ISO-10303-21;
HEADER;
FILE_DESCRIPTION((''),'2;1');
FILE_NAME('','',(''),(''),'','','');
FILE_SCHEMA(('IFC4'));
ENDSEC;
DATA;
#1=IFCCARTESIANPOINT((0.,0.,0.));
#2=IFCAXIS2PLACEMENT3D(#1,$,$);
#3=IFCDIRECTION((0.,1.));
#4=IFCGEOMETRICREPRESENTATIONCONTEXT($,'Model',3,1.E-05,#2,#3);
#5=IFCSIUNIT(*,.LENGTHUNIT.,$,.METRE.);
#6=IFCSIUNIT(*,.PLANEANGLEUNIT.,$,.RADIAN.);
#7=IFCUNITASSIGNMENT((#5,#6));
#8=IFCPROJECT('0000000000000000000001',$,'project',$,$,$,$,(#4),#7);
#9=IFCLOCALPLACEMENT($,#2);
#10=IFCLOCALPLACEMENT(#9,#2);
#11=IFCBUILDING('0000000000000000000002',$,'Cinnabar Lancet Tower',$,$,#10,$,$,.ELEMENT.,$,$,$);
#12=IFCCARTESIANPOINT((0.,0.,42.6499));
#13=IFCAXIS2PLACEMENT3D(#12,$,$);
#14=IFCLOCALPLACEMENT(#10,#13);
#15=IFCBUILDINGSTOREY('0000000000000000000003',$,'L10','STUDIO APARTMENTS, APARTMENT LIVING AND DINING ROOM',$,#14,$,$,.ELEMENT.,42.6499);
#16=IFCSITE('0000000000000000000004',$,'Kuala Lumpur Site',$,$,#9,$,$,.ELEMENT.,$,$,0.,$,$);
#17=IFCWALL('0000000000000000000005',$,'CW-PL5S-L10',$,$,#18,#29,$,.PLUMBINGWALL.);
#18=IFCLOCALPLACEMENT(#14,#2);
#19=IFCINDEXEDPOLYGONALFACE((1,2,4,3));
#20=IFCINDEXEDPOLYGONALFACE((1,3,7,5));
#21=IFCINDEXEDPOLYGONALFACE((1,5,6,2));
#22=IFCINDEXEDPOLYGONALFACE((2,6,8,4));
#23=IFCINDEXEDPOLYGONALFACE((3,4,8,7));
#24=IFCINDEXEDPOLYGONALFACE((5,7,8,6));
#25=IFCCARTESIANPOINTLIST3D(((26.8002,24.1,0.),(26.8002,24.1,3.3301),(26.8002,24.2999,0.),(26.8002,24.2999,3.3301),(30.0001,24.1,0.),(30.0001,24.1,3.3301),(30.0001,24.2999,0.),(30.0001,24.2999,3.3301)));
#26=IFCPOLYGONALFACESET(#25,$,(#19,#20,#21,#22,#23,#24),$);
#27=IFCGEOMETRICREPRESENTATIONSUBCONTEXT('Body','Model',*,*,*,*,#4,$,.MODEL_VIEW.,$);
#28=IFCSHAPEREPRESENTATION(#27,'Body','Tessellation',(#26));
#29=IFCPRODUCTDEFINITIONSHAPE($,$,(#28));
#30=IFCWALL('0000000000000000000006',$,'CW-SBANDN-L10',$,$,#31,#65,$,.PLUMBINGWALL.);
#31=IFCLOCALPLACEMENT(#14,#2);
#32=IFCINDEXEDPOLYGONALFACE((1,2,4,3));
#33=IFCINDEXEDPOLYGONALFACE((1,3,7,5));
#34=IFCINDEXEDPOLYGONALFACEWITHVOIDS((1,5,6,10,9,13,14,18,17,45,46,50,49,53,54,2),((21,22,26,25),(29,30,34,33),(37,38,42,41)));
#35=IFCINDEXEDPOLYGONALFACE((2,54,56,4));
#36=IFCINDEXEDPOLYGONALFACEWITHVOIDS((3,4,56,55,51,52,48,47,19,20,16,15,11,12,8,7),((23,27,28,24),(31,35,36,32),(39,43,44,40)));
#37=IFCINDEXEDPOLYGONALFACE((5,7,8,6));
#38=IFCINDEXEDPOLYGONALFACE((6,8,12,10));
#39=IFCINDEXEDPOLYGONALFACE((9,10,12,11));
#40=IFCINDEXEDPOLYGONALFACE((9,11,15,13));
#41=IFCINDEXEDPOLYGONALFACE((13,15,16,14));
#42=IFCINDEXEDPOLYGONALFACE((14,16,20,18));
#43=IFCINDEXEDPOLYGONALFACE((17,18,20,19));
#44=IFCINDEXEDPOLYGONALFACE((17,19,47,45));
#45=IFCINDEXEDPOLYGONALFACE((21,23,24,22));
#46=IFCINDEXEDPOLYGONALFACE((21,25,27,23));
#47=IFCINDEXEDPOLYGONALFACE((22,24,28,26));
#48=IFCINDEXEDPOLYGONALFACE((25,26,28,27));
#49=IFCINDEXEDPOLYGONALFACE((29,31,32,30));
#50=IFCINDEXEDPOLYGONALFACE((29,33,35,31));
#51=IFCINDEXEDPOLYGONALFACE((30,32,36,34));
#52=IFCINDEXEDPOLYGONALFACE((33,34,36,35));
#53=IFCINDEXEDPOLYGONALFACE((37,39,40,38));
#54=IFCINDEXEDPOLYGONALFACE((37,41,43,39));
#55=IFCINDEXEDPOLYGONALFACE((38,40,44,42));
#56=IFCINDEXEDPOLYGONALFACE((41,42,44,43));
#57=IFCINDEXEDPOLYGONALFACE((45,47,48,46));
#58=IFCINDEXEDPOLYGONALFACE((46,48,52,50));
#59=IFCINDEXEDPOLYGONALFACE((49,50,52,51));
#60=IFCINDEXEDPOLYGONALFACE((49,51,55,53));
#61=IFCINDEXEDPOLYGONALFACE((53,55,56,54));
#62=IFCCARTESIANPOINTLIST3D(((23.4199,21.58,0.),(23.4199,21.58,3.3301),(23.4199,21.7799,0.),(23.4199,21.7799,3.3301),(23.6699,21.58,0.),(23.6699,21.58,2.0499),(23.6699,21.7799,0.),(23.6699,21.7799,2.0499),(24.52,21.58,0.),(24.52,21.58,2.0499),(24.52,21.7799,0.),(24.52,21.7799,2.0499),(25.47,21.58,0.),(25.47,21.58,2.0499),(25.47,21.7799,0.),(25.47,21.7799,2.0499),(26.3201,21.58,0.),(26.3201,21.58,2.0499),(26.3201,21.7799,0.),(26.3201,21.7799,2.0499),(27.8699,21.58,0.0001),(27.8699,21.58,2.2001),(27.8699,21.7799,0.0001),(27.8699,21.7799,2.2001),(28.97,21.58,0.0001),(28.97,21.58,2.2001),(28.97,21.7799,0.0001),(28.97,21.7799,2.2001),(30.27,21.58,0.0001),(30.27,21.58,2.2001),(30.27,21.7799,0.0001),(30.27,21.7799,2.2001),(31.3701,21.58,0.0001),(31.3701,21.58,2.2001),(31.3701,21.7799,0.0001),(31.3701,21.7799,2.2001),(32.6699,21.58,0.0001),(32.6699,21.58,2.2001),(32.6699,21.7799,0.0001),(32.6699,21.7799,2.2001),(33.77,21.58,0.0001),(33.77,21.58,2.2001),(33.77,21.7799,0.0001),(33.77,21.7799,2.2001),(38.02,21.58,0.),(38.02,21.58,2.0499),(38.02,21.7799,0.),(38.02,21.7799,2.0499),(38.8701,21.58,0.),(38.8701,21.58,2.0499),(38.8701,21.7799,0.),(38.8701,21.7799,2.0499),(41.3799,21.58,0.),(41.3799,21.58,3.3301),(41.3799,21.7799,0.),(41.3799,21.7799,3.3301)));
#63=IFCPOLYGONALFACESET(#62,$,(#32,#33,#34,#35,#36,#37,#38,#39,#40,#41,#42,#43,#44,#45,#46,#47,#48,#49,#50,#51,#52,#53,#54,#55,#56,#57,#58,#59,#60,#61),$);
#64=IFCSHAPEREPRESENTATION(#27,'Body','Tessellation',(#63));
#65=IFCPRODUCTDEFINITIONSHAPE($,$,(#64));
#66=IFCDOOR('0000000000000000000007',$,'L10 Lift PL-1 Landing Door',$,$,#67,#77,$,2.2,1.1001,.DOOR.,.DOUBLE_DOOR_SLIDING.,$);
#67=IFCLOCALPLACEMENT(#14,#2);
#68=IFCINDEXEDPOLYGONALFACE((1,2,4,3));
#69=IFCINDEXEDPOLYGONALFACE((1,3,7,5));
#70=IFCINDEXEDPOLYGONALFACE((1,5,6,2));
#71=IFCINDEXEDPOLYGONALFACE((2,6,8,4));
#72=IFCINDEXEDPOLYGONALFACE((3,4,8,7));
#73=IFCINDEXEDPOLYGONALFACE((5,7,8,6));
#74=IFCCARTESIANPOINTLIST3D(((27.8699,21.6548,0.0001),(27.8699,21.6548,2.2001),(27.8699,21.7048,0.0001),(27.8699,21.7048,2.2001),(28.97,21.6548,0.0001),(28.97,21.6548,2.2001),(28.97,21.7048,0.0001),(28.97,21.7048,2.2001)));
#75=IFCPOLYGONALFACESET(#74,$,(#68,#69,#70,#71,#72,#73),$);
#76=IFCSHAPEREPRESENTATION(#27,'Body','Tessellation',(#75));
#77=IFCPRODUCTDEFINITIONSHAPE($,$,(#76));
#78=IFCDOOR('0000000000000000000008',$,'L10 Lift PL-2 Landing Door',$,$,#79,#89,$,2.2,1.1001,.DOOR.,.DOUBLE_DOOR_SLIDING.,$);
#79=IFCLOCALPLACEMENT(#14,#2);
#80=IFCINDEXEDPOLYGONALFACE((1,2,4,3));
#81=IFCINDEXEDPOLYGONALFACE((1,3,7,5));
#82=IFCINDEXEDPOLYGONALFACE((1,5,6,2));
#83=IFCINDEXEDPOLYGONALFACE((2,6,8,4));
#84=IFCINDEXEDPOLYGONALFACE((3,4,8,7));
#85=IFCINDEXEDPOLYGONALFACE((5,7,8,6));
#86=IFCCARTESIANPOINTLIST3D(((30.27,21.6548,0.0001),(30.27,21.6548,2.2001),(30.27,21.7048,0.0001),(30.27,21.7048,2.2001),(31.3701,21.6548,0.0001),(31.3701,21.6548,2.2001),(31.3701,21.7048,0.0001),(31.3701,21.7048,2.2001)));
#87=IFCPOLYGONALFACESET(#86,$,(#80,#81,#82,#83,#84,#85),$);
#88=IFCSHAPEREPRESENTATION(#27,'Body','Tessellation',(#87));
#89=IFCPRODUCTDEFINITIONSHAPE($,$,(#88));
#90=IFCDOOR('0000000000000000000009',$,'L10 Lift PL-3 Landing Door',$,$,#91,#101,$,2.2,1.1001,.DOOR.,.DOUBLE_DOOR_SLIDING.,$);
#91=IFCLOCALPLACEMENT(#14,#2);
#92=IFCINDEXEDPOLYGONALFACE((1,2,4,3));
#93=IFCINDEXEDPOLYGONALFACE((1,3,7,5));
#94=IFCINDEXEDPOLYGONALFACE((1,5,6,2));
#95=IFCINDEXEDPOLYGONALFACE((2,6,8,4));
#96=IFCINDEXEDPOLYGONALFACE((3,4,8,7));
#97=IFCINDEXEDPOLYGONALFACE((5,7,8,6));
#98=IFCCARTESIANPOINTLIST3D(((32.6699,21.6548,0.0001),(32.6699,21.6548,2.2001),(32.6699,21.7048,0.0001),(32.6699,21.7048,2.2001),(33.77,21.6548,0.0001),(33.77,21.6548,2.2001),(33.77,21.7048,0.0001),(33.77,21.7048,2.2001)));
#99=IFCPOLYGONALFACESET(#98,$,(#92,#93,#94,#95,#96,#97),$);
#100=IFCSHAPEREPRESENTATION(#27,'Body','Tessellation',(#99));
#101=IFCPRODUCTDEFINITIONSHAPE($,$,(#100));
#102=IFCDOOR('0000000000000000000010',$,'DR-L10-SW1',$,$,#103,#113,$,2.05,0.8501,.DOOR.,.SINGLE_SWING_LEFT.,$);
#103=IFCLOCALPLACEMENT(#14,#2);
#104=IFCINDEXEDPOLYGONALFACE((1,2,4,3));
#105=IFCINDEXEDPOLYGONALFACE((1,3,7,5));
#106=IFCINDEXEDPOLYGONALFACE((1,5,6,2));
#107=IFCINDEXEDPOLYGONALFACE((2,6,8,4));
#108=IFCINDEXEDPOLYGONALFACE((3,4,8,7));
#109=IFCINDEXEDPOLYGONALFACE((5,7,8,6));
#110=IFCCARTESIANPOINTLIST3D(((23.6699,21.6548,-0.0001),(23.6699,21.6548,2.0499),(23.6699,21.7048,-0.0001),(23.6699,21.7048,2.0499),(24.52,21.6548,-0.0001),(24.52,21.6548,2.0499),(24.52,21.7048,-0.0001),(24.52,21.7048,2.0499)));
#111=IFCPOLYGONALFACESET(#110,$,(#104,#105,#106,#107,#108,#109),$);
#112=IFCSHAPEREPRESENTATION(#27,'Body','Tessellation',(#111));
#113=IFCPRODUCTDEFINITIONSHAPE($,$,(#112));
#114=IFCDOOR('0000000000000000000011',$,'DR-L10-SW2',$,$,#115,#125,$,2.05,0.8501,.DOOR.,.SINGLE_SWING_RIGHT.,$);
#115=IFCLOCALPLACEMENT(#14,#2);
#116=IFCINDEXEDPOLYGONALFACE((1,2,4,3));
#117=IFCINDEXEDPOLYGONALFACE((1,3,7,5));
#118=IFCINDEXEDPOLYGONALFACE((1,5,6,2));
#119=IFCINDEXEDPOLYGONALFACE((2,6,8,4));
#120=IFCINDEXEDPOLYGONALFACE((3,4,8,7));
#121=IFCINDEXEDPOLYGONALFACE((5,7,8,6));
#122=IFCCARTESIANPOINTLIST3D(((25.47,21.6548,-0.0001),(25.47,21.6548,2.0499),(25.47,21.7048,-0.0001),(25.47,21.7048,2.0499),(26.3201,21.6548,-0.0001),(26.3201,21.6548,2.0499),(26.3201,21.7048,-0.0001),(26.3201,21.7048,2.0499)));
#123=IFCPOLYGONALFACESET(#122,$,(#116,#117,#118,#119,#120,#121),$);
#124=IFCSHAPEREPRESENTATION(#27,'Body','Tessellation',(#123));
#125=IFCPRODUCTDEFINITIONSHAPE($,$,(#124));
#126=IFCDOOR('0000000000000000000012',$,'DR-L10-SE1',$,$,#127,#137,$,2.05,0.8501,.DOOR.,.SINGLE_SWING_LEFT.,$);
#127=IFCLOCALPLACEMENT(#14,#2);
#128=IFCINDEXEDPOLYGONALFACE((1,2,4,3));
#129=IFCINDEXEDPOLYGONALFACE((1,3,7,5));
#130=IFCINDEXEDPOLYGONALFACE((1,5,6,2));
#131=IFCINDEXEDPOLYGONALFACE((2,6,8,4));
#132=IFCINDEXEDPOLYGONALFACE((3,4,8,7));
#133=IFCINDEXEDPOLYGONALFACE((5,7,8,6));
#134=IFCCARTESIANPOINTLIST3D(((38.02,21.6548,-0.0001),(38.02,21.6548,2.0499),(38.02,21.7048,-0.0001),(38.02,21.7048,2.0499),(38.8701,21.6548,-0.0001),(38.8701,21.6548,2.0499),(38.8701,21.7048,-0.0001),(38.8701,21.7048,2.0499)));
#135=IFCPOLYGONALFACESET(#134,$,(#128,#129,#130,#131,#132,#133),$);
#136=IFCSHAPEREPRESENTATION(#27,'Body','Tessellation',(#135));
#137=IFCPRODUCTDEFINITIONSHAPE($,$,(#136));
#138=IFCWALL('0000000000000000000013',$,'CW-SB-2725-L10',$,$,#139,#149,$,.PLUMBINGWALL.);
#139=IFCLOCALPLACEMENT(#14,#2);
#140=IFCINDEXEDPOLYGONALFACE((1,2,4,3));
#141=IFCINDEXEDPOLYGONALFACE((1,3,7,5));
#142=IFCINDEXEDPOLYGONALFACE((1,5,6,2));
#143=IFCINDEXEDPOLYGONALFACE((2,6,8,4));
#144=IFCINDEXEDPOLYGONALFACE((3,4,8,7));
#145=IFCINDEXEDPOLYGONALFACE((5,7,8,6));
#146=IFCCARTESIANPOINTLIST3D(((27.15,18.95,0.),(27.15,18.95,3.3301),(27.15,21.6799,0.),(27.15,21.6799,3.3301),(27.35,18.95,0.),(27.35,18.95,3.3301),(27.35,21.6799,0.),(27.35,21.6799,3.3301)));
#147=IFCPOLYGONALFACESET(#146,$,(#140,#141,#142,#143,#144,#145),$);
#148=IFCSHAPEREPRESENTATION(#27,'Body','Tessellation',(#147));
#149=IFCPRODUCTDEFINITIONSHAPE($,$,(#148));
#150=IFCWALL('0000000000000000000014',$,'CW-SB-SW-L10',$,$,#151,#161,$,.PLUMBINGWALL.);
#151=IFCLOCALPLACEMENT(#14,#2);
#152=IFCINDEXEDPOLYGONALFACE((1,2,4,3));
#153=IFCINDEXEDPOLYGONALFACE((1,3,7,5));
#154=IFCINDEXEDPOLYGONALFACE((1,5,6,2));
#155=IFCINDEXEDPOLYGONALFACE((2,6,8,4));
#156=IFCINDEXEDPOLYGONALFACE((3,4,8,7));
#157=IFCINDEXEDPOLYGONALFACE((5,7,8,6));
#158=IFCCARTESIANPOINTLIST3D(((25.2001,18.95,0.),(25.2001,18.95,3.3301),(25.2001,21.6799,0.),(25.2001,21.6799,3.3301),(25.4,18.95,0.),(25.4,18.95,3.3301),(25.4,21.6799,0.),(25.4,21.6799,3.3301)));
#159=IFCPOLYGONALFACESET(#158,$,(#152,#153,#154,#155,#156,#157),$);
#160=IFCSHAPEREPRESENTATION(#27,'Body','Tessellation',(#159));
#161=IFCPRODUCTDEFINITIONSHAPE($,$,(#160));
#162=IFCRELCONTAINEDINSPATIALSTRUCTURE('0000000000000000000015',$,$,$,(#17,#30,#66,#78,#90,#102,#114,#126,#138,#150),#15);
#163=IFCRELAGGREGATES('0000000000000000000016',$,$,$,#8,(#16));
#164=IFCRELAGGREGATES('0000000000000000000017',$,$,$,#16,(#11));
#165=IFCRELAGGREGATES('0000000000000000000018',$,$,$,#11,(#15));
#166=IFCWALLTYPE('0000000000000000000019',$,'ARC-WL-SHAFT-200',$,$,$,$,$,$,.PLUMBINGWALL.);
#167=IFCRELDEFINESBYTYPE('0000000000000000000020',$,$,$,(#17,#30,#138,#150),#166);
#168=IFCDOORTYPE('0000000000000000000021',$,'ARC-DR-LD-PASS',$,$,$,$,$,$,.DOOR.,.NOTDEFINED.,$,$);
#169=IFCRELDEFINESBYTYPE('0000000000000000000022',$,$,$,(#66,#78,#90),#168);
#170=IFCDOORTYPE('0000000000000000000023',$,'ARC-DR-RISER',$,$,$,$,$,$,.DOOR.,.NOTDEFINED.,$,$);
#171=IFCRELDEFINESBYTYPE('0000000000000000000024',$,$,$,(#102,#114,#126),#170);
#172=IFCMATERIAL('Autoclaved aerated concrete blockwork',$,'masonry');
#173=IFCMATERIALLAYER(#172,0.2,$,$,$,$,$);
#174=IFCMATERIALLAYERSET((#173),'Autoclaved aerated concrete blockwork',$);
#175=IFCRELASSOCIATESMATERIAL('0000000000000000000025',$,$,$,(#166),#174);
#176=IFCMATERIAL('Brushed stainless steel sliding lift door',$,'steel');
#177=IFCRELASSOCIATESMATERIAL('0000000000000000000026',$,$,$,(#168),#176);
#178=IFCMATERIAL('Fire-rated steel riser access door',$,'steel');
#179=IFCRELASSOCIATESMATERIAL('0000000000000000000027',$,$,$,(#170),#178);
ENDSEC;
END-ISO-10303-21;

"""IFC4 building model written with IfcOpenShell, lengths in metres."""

from ifc_helpers import new_model, si_unit, direction, frame, frame_2d, origin, place, context, subcontext, project, spatial, rectangle, extrude, material, layer, layer_set, type_object, element, fill, save


model = new_model("IFC4")

# Units and contexts
model_context = context("Model", 3, precision=1e-05, world=origin(), true_north=direction((0.0, 1.0)))
body_context = subcontext(model_context, "Body", "Model", "MODEL_VIEW")
ifc_project = project(units=[si_unit("LENGTHUNIT", "METRE"), si_unit("PLANEANGLEUNIT", "RADIAN")], contexts=[model_context])

# Site, building, storey
site_placement = place(None, origin())
site = spatial("IfcSite", under=ifc_project, at=site_placement, Name="Kuala Lumpur Site", CompositionType="ELEMENT", RefElevation=0.0)
building_placement = place(site_placement, origin())
building = spatial("IfcBuilding", under=site, at=building_placement, Name="Cinnabar Lancet Tower", CompositionType="ELEMENT")
storey_placement = place(building_placement, frame((0.0, 0.0, 42.6499)))
storey = spatial("IfcBuildingStorey", under=building, at=storey_placement, Name="L10", Description="STUDIO APARTMENTS, APARTMENT LIVING AND DINING ROOM", CompositionType="ELEMENT", Elevation=42.6499)

# Wall
ifc_material_1 = material(Name="Autoclaved aerated concrete blockwork", Category="masonry")
ifc_layer_1 = layer(ifc_material_1, 0.2)
ifc_layer_set_1 = layer_set([ifc_layer_1], Name="Autoclaved aerated concrete blockwork")
wall_type_1 = type_object("IfcWallType", Name="ARC-WL-SHAFT-200", PredefinedType="PLUMBINGWALL", material=ifc_layer_set_1)
wall_1_placement = place(storey_placement, frame((26.8, 24.2, 0.0), z_axis=(0.0, 0.0, 1.0), x_axis=(1.0, 0.0, 0.0)))
element("IfcWall", 1, at=wall_1_placement, inside=storey, type_object=wall_type_1, Name="CW-PL5S-L10", PredefinedType="PLUMBINGWALL", context=body_context, shape_type="SweptSolid", body=[
    extrude(rectangle(XDim=3.2, YDim=0.2, at=frame_2d((1.6001, 0.0))), origin(), (0.0, 0.0, 1.0), 3.3301),
])

# Wall, openings, doors
wall_2_placement = place(storey_placement, frame((23.4199, 21.6799, 0.0), z_axis=(0.0, 0.0, 1.0), x_axis=(1.0, 0.0, 0.0)))
wall_2 = element("IfcWall", 2, at=wall_2_placement, inside=storey, type_object=wall_type_1, Name="CW-SBANDN-L10", PredefinedType="PLUMBINGWALL", context=body_context, shape_type="SweptSolid", body=[
    extrude(rectangle(XDim=17.96, YDim=0.2, at=frame_2d((8.98, 0.0))), origin(), (0.0, 0.0, 1.0), 3.3301),
])
opening_1_placement = place(wall_2_placement, frame((4.45, 0.0, 0.0)))
opening_1 = element("IfcOpeningElement", 3, at=opening_1_placement, cuts=wall_2, PredefinedType="OPENING", context=body_context, shape_type="SweptSolid", body=[
    extrude(rectangle(XDim=1.1001, YDim=2.2, at=frame_2d((0.55, 1.1001))), frame((0.0, 0.1099, 0.0), z_axis=(0.0, -1.0, 0.0), x_axis=(1.0, 0.0, 0.0)), (0.0, 0.0, 1.0), 0.22),
])
opening_2_placement = place(wall_2_placement, frame((6.8501, 0.0, 0.0)))
opening_2 = element("IfcOpeningElement", 4, at=opening_2_placement, cuts=wall_2, PredefinedType="OPENING", context=body_context, shape_type="SweptSolid", body=[
    extrude(rectangle(XDim=1.1001, YDim=2.2, at=frame_2d((0.55, 1.1001))), frame((0.0, 0.1099, 0.0), z_axis=(0.0, -1.0, 0.0), x_axis=(1.0, 0.0, 0.0)), (0.0, 0.0, 1.0), 0.22),
])
opening_3_placement = place(wall_2_placement, frame((9.25, 0.0, 0.0)))
opening_3 = element("IfcOpeningElement", 5, at=opening_3_placement, cuts=wall_2, PredefinedType="OPENING", context=body_context, shape_type="SweptSolid", body=[
    extrude(rectangle(XDim=1.1001, YDim=2.2, at=frame_2d((0.55, 1.1001))), frame((0.0, 0.1099, 0.0), z_axis=(0.0, -1.0, 0.0), x_axis=(1.0, 0.0, 0.0)), (0.0, 0.0, 1.0), 0.22),
])
opening_4_placement = place(wall_2_placement, frame((0.25, 0.0, 0.0)))
opening_4 = element("IfcOpeningElement", 6, at=opening_4_placement, cuts=wall_2, PredefinedType="OPENING", context=body_context, shape_type="SweptSolid", body=[
    extrude(rectangle(XDim=0.8501, YDim=2.05, at=frame_2d((0.425, 1.0249))), frame((0.0, 0.1099, 0.0), z_axis=(0.0, -1.0, 0.0), x_axis=(1.0, 0.0, 0.0)), (0.0, 0.0, 1.0), 0.22),
])
opening_5_placement = place(wall_2_placement, frame((2.05, 0.0, 0.0)))
opening_5 = element("IfcOpeningElement", 7, at=opening_5_placement, cuts=wall_2, PredefinedType="OPENING", context=body_context, shape_type="SweptSolid", body=[
    extrude(rectangle(XDim=0.8501, YDim=2.05, at=frame_2d((0.425, 1.0249))), frame((0.0, 0.1099, 0.0), z_axis=(0.0, -1.0, 0.0), x_axis=(1.0, 0.0, 0.0)), (0.0, 0.0, 1.0), 0.22),
])
opening_6_placement = place(wall_2_placement, frame((14.6001, 0.0, 0.0)))
opening_6 = element("IfcOpeningElement", 8, at=opening_6_placement, cuts=wall_2, PredefinedType="OPENING", context=body_context, shape_type="SweptSolid", body=[
    extrude(rectangle(XDim=0.8501, YDim=2.05, at=frame_2d((0.425, 1.0249))), frame((0.0, 0.1099, 0.0), z_axis=(0.0, -1.0, 0.0), x_axis=(1.0, 0.0, 0.0)), (0.0, 0.0, 1.0), 0.22),
])
ifc_material_2 = material(Name="Brushed stainless steel sliding lift door", Category="steel")
door_type_1 = type_object("IfcDoorType", Name="ARC-DR-LD-PASS", OperationType="NOTDEFINED", PredefinedType="DOOR", material=ifc_material_2)
door_1_placement = place(opening_1_placement, origin())
door_1 = element("IfcDoor", 9, at=door_1_placement, inside=storey, type_object=door_type_1, Name="L10 Lift PL-1 Landing Door", OperationType="DOUBLE_DOOR_SLIDING", OverallHeight=2.2, OverallWidth=1.1001, PredefinedType="DOOR", context=body_context, shape_type="SweptSolid", body=[
    extrude(rectangle(XDim=1.1001, YDim=2.2, at=frame_2d((0.55, 1.1001))), frame((0.0, 0.0249, 0.0), z_axis=(0.0, -1.0, 0.0), x_axis=(1.0, 0.0, 0.0)), (0.0, 0.0, 1.0), 0.05),
])
fill(opening_1, door_1)
door_2_placement = place(opening_2_placement, origin())
door_2 = element("IfcDoor", 10, at=door_2_placement, inside=storey, type_object=door_type_1, Name="L10 Lift PL-2 Landing Door", OperationType="DOUBLE_DOOR_SLIDING", OverallHeight=2.2, OverallWidth=1.1001, PredefinedType="DOOR", context=body_context, shape_type="SweptSolid", body=[
    extrude(rectangle(XDim=1.1001, YDim=2.2, at=frame_2d((0.55, 1.1001))), frame((0.0, 0.0249, 0.0), z_axis=(0.0, -1.0, 0.0), x_axis=(1.0, 0.0, 0.0)), (0.0, 0.0, 1.0), 0.05),
])
fill(opening_2, door_2)
door_3_placement = place(opening_3_placement, origin())
door_3 = element("IfcDoor", 11, at=door_3_placement, inside=storey, type_object=door_type_1, Name="L10 Lift PL-3 Landing Door", OperationType="DOUBLE_DOOR_SLIDING", OverallHeight=2.2, OverallWidth=1.1001, PredefinedType="DOOR", context=body_context, shape_type="SweptSolid", body=[
    extrude(rectangle(XDim=1.1001, YDim=2.2, at=frame_2d((0.55, 1.1001))), frame((0.0, 0.0249, 0.0), z_axis=(0.0, -1.0, 0.0), x_axis=(1.0, 0.0, 0.0)), (0.0, 0.0, 1.0), 0.05),
])
fill(opening_3, door_3)
ifc_material_3 = material(Name="Fire-rated steel riser access door", Category="steel")
door_type_2 = type_object("IfcDoorType", Name="ARC-DR-RISER", OperationType="NOTDEFINED", PredefinedType="DOOR", material=ifc_material_3)
door_4_placement = place(opening_4_placement, origin())
door_4 = element("IfcDoor", 12, at=door_4_placement, inside=storey, type_object=door_type_2, Name="DR-L10-SW1", OperationType="SINGLE_SWING_LEFT", OverallHeight=2.05, OverallWidth=0.8501, PredefinedType="DOOR", context=body_context, shape_type="SweptSolid", body=[
    extrude(rectangle(XDim=0.8501, YDim=2.05, at=frame_2d((0.425, 1.0249))), frame((0.0, 0.0249, 0.0), z_axis=(0.0, -1.0, 0.0), x_axis=(1.0, 0.0, 0.0)), (0.0, 0.0, 1.0), 0.05),
])
fill(opening_4, door_4)
door_5_placement = place(opening_5_placement, origin())
door_5 = element("IfcDoor", 13, at=door_5_placement, inside=storey, type_object=door_type_2, Name="DR-L10-SW2", OperationType="SINGLE_SWING_RIGHT", OverallHeight=2.05, OverallWidth=0.8501, PredefinedType="DOOR", context=body_context, shape_type="SweptSolid", body=[
    extrude(rectangle(XDim=0.8501, YDim=2.05, at=frame_2d((0.425, 1.0249))), frame((0.0, 0.0249, 0.0), z_axis=(0.0, -1.0, 0.0), x_axis=(1.0, 0.0, 0.0)), (0.0, 0.0, 1.0), 0.05),
])
fill(opening_5, door_5)
door_6_placement = place(opening_6_placement, origin())
door_6 = element("IfcDoor", 14, at=door_6_placement, inside=storey, type_object=door_type_2, Name="DR-L10-SE1", OperationType="SINGLE_SWING_LEFT", OverallHeight=2.05, OverallWidth=0.8501, PredefinedType="DOOR", context=body_context, shape_type="SweptSolid", body=[
    extrude(rectangle(XDim=0.8501, YDim=2.05, at=frame_2d((0.425, 1.0249))), frame((0.0, 0.0249, 0.0), z_axis=(0.0, -1.0, 0.0), x_axis=(1.0, 0.0, 0.0)), (0.0, 0.0, 1.0), 0.05),
])
fill(opening_6, door_6)

# Walls
for number, where, z_axis, x_axis, name in (
    (15, (27.25, 18.95, 0.0), (0.0, 0.0, 1.0), (0.0, 1.0, 0.0), "CW-SB-2725-L10"),
    (16, (25.3, 18.95, 0.0), (0.0, 0.0, 1.0), (0.0, 1.0, 0.0), "CW-SB-SW-L10"),
):
    element("IfcWall", number, at=place(storey_placement, frame(where, z_axis=z_axis, x_axis=x_axis)), inside=storey, type_object=wall_type_1, Name=name, PredefinedType="PLUMBINGWALL", context=body_context, shape_type="SweptSolid", body=[
        extrude(rectangle(XDim=2.73, YDim=0.2, at=frame_2d((1.365, 0.0))), origin(), (0.0, 0.0, 1.0), 3.3301),
    ])

save(model, "model.ifc")
